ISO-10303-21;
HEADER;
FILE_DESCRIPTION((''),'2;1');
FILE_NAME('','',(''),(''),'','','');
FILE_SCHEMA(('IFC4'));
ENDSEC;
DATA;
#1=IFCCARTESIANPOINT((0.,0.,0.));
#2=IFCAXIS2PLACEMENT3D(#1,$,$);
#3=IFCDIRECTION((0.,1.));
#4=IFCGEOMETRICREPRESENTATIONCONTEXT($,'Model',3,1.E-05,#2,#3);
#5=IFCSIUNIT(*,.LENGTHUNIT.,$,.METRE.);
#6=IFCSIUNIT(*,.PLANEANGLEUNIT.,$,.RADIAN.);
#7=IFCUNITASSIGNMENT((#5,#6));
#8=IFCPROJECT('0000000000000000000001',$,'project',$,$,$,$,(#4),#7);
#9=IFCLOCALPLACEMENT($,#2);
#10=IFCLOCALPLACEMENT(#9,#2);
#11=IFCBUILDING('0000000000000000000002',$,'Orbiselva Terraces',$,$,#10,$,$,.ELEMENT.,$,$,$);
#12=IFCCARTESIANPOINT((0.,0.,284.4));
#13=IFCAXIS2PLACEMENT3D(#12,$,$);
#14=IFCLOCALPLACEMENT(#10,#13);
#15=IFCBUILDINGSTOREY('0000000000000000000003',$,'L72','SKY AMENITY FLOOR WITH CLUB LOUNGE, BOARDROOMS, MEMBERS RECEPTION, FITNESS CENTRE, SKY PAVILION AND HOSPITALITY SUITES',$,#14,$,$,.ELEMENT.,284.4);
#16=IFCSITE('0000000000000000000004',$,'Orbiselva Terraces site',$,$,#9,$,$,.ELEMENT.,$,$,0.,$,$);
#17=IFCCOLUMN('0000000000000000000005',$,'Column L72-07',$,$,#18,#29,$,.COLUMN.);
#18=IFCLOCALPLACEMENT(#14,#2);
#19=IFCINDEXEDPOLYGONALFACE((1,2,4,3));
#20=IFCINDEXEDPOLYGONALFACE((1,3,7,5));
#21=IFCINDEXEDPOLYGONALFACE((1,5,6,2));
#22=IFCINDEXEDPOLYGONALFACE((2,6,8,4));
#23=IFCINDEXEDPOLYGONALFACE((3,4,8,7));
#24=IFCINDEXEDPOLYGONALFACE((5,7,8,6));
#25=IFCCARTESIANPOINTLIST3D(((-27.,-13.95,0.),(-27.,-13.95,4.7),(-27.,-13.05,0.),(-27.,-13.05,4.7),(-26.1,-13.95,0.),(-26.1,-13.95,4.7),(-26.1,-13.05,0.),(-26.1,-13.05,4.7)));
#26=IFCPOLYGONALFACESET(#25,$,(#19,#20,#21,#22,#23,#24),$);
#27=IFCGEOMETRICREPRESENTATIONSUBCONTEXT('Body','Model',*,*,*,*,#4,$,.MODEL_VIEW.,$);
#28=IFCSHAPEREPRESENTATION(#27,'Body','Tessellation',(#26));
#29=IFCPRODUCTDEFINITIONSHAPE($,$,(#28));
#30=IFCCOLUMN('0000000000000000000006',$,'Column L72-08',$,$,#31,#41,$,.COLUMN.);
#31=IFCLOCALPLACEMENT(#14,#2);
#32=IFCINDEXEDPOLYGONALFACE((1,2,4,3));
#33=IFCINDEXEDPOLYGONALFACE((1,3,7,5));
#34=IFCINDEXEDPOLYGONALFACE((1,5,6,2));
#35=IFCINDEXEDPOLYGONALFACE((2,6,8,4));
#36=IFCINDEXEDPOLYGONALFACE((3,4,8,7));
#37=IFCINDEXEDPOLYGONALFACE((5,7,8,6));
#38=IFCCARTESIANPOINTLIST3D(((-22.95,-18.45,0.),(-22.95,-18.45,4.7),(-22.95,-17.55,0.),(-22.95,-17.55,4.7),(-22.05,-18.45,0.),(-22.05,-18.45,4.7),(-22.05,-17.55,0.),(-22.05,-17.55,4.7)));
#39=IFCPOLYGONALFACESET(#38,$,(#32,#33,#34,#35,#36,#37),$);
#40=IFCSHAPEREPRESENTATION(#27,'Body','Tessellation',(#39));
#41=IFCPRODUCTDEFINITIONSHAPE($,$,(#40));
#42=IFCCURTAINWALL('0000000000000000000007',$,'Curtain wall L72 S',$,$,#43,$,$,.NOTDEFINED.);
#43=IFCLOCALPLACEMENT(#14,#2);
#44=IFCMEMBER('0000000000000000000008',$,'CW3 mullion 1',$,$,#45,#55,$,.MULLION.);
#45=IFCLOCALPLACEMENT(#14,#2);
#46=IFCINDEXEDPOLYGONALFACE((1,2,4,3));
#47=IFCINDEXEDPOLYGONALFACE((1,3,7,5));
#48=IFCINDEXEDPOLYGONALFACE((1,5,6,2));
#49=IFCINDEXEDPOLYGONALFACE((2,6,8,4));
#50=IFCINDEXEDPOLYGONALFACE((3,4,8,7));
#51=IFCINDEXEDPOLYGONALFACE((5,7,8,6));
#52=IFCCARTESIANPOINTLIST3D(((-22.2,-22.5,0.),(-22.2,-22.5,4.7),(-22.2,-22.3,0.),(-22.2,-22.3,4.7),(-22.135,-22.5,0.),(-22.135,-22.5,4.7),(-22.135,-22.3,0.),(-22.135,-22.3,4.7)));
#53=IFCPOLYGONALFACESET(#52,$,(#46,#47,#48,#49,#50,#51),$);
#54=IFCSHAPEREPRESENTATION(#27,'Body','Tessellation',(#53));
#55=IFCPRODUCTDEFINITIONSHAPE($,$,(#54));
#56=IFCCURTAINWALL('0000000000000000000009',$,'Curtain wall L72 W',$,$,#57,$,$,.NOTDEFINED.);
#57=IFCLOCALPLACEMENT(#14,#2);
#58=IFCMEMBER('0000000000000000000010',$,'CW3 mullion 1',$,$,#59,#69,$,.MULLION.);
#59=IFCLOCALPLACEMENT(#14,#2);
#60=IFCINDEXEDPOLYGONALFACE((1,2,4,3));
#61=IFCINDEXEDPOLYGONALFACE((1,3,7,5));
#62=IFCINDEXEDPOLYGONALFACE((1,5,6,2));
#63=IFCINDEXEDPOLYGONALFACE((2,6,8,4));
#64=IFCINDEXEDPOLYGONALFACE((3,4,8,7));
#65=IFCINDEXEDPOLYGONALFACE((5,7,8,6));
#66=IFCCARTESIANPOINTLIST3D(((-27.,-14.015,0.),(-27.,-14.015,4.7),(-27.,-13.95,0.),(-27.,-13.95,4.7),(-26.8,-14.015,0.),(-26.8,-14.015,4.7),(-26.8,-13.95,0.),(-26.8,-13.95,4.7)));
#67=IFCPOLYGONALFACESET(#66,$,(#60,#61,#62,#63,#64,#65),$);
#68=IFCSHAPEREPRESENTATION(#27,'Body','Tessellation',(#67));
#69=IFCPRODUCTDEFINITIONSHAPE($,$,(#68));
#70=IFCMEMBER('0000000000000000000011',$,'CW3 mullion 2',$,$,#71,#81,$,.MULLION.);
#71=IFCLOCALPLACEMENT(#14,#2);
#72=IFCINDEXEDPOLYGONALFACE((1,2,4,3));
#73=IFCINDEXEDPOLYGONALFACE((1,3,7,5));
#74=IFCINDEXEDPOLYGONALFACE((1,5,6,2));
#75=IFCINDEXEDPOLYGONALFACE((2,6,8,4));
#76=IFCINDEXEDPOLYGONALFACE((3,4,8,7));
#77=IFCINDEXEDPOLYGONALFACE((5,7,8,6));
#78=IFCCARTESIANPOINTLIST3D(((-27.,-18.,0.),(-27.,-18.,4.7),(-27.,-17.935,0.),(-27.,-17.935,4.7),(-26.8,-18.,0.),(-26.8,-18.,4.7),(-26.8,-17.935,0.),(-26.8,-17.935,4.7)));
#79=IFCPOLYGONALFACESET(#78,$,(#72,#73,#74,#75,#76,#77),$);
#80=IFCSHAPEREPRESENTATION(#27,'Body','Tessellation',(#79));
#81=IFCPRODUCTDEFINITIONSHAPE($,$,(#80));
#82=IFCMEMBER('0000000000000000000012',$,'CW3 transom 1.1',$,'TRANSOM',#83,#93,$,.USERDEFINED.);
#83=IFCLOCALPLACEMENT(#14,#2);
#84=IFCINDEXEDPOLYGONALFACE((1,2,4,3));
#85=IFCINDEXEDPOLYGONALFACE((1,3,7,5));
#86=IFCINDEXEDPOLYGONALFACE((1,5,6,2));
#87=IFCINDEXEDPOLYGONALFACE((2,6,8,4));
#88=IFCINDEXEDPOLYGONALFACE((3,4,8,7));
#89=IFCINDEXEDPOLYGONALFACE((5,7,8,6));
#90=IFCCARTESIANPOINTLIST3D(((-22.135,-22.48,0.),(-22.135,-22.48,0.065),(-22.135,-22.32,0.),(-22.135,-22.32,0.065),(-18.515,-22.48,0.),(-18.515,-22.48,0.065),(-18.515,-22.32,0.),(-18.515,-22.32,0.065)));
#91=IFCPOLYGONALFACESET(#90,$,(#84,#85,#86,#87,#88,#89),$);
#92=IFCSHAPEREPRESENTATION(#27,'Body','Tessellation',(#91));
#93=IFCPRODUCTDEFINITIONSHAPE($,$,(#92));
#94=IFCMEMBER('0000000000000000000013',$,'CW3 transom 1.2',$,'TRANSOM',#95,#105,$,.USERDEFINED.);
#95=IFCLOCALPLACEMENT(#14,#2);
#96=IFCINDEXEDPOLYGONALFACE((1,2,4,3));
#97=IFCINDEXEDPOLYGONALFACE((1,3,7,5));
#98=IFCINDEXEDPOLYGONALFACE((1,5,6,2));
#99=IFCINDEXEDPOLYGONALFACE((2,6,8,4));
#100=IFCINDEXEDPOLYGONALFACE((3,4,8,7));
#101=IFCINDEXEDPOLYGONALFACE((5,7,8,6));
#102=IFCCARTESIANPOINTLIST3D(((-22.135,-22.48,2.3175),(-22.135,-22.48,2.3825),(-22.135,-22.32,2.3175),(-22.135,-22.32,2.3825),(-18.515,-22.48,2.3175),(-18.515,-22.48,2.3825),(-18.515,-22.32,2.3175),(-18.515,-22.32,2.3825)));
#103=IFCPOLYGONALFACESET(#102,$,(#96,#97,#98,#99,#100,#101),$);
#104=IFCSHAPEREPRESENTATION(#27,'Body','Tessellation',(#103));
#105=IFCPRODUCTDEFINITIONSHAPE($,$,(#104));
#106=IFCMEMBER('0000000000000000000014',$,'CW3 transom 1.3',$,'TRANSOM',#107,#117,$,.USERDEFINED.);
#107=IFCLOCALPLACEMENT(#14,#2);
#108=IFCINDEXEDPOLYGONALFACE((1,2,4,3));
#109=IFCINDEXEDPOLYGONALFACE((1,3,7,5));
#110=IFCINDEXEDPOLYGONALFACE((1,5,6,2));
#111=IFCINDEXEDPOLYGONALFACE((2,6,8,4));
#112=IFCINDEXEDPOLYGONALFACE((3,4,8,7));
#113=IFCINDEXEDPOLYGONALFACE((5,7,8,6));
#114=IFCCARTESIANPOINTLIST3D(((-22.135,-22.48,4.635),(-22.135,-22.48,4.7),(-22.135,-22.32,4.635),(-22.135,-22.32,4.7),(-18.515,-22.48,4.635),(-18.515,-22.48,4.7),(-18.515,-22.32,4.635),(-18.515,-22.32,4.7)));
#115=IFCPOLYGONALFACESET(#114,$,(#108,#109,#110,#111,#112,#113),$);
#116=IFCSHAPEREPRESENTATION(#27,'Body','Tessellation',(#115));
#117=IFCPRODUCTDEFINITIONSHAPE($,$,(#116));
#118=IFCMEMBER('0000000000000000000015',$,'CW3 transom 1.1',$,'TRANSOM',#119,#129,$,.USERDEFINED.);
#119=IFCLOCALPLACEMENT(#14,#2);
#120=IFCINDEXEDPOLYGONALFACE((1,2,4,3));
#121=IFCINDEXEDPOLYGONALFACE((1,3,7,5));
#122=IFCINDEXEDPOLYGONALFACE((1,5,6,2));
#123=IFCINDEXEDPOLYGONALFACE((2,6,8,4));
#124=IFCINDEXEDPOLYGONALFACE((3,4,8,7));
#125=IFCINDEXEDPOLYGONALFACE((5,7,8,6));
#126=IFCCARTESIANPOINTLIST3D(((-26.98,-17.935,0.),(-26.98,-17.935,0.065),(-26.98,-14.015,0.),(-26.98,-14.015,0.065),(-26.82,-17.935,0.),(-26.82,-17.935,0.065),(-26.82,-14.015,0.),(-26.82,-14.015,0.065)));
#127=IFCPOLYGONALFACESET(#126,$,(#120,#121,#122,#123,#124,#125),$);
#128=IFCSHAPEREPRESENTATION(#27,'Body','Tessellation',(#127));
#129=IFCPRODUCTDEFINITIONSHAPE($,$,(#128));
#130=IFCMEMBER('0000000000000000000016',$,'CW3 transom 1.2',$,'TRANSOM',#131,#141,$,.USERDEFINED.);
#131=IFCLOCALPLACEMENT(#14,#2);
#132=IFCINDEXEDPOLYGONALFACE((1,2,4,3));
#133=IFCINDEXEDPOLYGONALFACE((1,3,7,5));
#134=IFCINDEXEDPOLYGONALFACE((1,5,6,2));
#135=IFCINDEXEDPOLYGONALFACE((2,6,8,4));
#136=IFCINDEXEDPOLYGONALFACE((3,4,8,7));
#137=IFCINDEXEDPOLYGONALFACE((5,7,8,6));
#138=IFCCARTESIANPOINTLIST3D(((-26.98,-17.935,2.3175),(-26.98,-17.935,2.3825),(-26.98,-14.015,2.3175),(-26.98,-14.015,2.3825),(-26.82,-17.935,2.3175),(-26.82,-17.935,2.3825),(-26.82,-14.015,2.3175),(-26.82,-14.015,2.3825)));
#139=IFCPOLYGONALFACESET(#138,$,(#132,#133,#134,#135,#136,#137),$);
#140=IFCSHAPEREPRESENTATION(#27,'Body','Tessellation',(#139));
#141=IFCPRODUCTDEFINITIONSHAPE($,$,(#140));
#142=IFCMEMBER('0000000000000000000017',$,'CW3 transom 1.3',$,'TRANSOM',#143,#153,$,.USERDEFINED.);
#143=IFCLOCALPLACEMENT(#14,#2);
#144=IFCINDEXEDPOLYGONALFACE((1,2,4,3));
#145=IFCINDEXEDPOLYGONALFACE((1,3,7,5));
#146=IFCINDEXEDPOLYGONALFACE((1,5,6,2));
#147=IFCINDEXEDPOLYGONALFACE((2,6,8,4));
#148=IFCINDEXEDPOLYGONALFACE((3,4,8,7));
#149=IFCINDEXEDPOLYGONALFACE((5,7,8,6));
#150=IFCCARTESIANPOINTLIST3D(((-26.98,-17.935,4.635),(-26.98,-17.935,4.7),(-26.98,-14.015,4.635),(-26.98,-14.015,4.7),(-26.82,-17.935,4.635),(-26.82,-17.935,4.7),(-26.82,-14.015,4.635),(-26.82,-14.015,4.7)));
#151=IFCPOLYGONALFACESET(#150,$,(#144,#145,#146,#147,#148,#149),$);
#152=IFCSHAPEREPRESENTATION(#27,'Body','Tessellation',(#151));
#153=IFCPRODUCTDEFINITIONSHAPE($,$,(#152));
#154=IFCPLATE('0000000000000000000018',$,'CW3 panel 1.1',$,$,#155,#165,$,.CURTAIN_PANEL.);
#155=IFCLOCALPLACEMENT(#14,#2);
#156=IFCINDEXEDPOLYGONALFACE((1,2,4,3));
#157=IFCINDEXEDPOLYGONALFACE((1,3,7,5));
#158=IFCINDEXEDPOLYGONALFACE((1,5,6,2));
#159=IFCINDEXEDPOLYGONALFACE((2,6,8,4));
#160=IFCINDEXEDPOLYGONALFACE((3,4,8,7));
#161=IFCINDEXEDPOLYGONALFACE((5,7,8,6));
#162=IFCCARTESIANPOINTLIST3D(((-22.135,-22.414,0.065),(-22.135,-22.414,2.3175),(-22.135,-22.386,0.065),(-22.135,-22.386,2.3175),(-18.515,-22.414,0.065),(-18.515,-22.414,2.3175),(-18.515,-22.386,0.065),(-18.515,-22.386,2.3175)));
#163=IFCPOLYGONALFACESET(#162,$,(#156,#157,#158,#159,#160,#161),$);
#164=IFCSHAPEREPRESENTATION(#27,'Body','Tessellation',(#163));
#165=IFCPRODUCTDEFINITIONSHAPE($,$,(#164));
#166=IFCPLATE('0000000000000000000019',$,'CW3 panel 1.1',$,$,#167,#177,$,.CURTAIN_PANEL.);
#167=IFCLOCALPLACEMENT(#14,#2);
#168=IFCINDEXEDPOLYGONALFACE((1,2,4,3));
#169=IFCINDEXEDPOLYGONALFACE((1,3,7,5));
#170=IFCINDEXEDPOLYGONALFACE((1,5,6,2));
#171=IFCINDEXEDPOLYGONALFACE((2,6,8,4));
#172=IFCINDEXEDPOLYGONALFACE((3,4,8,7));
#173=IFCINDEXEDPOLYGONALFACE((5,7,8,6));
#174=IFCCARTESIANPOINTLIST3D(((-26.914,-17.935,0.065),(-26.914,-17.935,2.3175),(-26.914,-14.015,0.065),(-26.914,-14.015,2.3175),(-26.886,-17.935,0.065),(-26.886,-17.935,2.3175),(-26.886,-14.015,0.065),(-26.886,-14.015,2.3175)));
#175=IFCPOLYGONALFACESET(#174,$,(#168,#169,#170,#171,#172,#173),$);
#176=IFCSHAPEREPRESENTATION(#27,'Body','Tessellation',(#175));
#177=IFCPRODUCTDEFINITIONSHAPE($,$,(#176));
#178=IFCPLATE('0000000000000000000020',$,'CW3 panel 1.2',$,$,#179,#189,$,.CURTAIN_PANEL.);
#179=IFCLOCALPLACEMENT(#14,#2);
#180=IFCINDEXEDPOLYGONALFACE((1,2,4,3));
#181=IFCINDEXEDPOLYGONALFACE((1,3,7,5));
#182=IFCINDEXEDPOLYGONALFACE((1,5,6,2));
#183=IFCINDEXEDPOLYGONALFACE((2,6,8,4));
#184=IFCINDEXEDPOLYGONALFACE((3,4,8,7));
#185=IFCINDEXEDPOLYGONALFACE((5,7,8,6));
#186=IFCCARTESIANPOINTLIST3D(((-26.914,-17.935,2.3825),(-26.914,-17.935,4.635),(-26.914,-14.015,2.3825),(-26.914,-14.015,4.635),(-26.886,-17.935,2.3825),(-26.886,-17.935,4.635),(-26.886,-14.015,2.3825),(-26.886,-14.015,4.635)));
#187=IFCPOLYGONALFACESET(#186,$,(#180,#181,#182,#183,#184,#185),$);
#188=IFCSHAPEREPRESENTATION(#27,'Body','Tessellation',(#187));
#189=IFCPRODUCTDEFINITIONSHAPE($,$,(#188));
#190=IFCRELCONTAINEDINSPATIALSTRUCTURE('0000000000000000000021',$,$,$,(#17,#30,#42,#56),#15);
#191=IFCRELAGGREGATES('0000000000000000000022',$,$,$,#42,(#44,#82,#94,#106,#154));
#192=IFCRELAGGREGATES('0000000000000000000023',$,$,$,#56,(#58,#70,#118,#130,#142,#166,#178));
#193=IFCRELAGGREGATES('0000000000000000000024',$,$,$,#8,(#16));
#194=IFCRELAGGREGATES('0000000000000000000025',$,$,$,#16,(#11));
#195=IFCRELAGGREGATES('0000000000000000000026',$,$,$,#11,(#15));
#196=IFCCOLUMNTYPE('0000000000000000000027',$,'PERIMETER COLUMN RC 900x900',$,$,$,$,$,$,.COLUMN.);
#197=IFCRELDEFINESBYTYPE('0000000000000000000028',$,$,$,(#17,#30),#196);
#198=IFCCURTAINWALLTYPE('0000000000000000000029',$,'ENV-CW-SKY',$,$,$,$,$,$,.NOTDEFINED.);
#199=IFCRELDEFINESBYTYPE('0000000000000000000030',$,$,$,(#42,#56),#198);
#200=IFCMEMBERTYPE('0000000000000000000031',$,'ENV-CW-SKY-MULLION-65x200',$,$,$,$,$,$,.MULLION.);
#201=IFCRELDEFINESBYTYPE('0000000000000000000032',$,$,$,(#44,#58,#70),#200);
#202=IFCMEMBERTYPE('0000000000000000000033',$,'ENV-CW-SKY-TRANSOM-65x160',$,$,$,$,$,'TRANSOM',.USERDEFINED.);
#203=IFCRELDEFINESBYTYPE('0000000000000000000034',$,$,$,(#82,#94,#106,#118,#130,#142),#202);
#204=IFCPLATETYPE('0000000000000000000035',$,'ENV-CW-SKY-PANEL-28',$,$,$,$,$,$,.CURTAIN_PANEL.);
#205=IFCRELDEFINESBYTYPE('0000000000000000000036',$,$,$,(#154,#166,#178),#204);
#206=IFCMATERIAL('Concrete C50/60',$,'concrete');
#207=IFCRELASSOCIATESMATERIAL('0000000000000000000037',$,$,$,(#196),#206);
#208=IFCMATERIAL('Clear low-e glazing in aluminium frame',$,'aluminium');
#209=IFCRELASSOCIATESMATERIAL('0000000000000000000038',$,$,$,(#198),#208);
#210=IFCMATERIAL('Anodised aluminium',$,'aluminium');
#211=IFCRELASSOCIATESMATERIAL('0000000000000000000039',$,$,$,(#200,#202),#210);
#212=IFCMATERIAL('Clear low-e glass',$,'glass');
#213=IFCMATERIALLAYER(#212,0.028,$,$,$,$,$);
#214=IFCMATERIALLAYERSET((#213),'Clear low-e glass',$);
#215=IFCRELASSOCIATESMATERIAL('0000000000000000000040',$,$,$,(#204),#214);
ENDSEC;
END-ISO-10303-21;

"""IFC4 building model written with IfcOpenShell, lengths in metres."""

from ifc_helpers import new_model, si_unit, direction, frame, origin, origin_2d, place, context, subcontext, project, spatial, rectangle, extrude, material, layer, layer_set, material_profile, profile_set, type_object, element, aggregate, save


model = new_model("IFC4")

# Units and contexts
model_context = context("Model", 3, precision=1e-05, world=origin(), true_north=direction((0.0, 1.0)))
body_context = subcontext(model_context, "Body", "Model", "MODEL_VIEW")
ifc_project = project(units=[si_unit("LENGTHUNIT", "METRE"), si_unit("PLANEANGLEUNIT", "RADIAN")], contexts=[model_context])

# Site, building, storey
site_placement = place(None, origin())
site = spatial("IfcSite", under=ifc_project, at=site_placement, Name="Orbiselva Terraces site", CompositionType="ELEMENT", RefElevation=0.0)
building_placement = place(site_placement, origin())
building = spatial("IfcBuilding", under=site, at=building_placement, Name="Orbiselva Terraces", CompositionType="ELEMENT")
storey_placement = place(building_placement, frame((0.0, 0.0, 284.4)))
storey = spatial("IfcBuildingStorey", under=building, at=storey_placement, Name="L72", Description="SKY AMENITY FLOOR WITH CLUB LOUNGE, BOARDROOMS, MEMBERS RECEPTION, FITNESS CENTRE, SKY PAVILION AND HOSPITALITY SUITES", CompositionType="ELEMENT", Elevation=284.4)

# Columns
ifc_material_1 = material(Name="Concrete C50/60", Category="concrete")
ifc_material_profile_1 = material_profile(ifc_material_1, rectangle(XDim=0.9, YDim=0.9, at=origin_2d()), Name="RC 900x900")
ifc_profile_set_1 = profile_set([ifc_material_profile_1], Name="Concrete C50/60")
column_type = type_object("IfcColumnType", Name="PERIMETER COLUMN RC 900x900", PredefinedType="COLUMN", material=ifc_profile_set_1)
for number, where, z_axis, x_axis, name in (
    (1, (-26.55, -13.5, 0.0), (0.0, 0.0, 1.0), (1.0, 0.0, 0.0), "Column L72-07"),
    (2, (-22.5, -18.0, 0.0), (0.0, 0.0, 1.0), (1.0, 0.0, 0.0), "Column L72-08"),
):
    element("IfcColumn", number, at=place(storey_placement, frame(where, z_axis=z_axis, x_axis=x_axis)), inside=storey, type_object=column_type, Name=name, PredefinedType="COLUMN", context=body_context, shape_type="SweptSolid", body=[
        extrude(rectangle(XDim=0.9, YDim=0.9, at=origin_2d()), origin(), (0.0, 0.0, 1.0), 4.7),
    ])

# Curtain wall, member
ifc_material_2 = material(Name="Clear low-e glazing in aluminium frame", Category="aluminium")
curtain_wall_type = type_object("IfcCurtainWallType", Name="ENV-CW-SKY", PredefinedType="NOTDEFINED", material=ifc_material_2)
curtain_wall_1_placement = place(storey_placement, origin())
curtain_wall_1 = element("IfcCurtainWall", 3, at=curtain_wall_1_placement, inside=storey, type_object=curtain_wall_type, Name="Curtain wall L72 S", PredefinedType="NOTDEFINED")
ifc_material_3 = material(Name="Anodised aluminium", Category="aluminium")
ifc_material_profile_2 = material_profile(ifc_material_3, rectangle(XDim=0.2, YDim=0.065, at=origin_2d()), Name="AL 65x200")
ifc_profile_set_2 = profile_set([ifc_material_profile_2], Name="Anodised aluminium")
member_type_1 = type_object("IfcMemberType", Name="ENV-CW-SKY-MULLION-65x200", PredefinedType="MULLION", material=ifc_profile_set_2)
member_1_placement = place(storey_placement, frame((-22.1675, -22.4, 0.0), z_axis=(0.0, 0.0, 1.0), x_axis=(0.0, 1.0, 0.0)))
member_1 = element("IfcMember", 4, at=member_1_placement, type_object=member_type_1, Name="CW3 mullion 1", PredefinedType="MULLION", context=body_context, shape_type="SweptSolid", body=[
    extrude(rectangle(XDim=0.2, YDim=0.065, at=origin_2d()), origin(), (0.0, 0.0, 1.0), 4.7),
])

# Curtain wall, members
curtain_wall_2_placement = place(storey_placement, origin())
curtain_wall_2 = element("IfcCurtainWall", 5, at=curtain_wall_2_placement, inside=storey, type_object=curtain_wall_type, Name="Curtain wall L72 W", PredefinedType="NOTDEFINED")
member_2_placement = place(storey_placement, frame((-26.9, -13.9825, 0.0), z_axis=(0.0, 0.0, 1.0), x_axis=(1.0, 0.0, 0.0)))
member_2 = element("IfcMember", 6, at=member_2_placement, type_object=member_type_1, Name="CW3 mullion 1", PredefinedType="MULLION", context=body_context, shape_type="SweptSolid", body=[
    extrude(rectangle(XDim=0.2, YDim=0.065, at=origin_2d()), origin(), (0.0, 0.0, 1.0), 4.7),
])
member_3_placement = place(storey_placement, frame((-26.9, -17.9675, 0.0), z_axis=(0.0, 0.0, 1.0), x_axis=(1.0, 0.0, 0.0)))
member_3 = element("IfcMember", 7, at=member_3_placement, type_object=member_type_1, Name="CW3 mullion 2", PredefinedType="MULLION", context=body_context, shape_type="SweptSolid", body=[
    extrude(rectangle(XDim=0.2, YDim=0.065, at=origin_2d()), origin(), (0.0, 0.0, 1.0), 4.7),
])

# Members
ifc_material_profile_3 = material_profile(ifc_material_3, rectangle(XDim=0.16, YDim=0.065, at=origin_2d()), Name="AL 65x160")
ifc_profile_set_3 = profile_set([ifc_material_profile_3], Name="Anodised aluminium")
member_type_2 = type_object("IfcMemberType", Name="ENV-CW-SKY-TRANSOM-65x160", ElementType="TRANSOM", PredefinedType="USERDEFINED", material=ifc_profile_set_3)
member_4_placement = place(storey_placement, frame((-22.135, -22.4, 0.0325), z_axis=(1.0, 0.0, 0.0), x_axis=(0.0, 1.0, 0.0)))
member_4 = element("IfcMember", 8, at=member_4_placement, type_object=member_type_2, Name="CW3 transom 1.1", ObjectType="TRANSOM", PredefinedType="USERDEFINED", context=body_context, shape_type="SweptSolid", body=[
    extrude(rectangle(XDim=0.16, YDim=0.065, at=origin_2d()), origin(), (0.0, 0.0, 1.0), 3.62),
])
member_5_placement = place(storey_placement, frame((-22.135, -22.4, 2.35), z_axis=(1.0, 0.0, 0.0), x_axis=(0.0, 1.0, 0.0)))
member_5 = element("IfcMember", 9, at=member_5_placement, type_object=member_type_2, Name="CW3 transom 1.2", ObjectType="TRANSOM", PredefinedType="USERDEFINED", context=body_context, shape_type="SweptSolid", body=[
    extrude(rectangle(XDim=0.16, YDim=0.065, at=origin_2d()), origin(), (0.0, 0.0, 1.0), 3.62),
])
member_6_placement = place(storey_placement, frame((-22.135, -22.4, 4.6675), z_axis=(1.0, 0.0, 0.0), x_axis=(0.0, 1.0, 0.0)))
member_6 = element("IfcMember", 10, at=member_6_placement, type_object=member_type_2, Name="CW3 transom 1.3", ObjectType="TRANSOM", PredefinedType="USERDEFINED", context=body_context, shape_type="SweptSolid", body=[
    extrude(rectangle(XDim=0.16, YDim=0.065, at=origin_2d()), origin(), (0.0, 0.0, 1.0), 3.62),
])
member_7_placement = place(storey_placement, frame((-26.9, -14.015, 0.0325), z_axis=(0.0, -1.0, 0.0), x_axis=(1.0, 0.0, 0.0)))
member_7 = element("IfcMember", 11, at=member_7_placement, type_object=member_type_2, Name="CW3 transom 1.1", ObjectType="TRANSOM", PredefinedType="USERDEFINED", context=body_context, shape_type="SweptSolid", body=[
    extrude(rectangle(XDim=0.16, YDim=0.065, at=origin_2d()), origin(), (0.0, 0.0, 1.0), 3.92),
])
member_8_placement = place(storey_placement, frame((-26.9, -14.015, 2.35), z_axis=(0.0, -1.0, 0.0), x_axis=(1.0, 0.0, 0.0)))
member_8 = element("IfcMember", 12, at=member_8_placement, type_object=member_type_2, Name="CW3 transom 1.2", ObjectType="TRANSOM", PredefinedType="USERDEFINED", context=body_context, shape_type="SweptSolid", body=[
    extrude(rectangle(XDim=0.16, YDim=0.065, at=origin_2d()), origin(), (0.0, 0.0, 1.0), 3.92),
])
member_9_placement = place(storey_placement, frame((-26.9, -14.015, 4.6675), z_axis=(0.0, -1.0, 0.0), x_axis=(1.0, 0.0, 0.0)))
member_9 = element("IfcMember", 13, at=member_9_placement, type_object=member_type_2, Name="CW3 transom 1.3", ObjectType="TRANSOM", PredefinedType="USERDEFINED", context=body_context, shape_type="SweptSolid", body=[
    extrude(rectangle(XDim=0.16, YDim=0.065, at=origin_2d()), origin(), (0.0, 0.0, 1.0), 3.92),
])

# Plates
ifc_material_4 = material(Name="Clear low-e glass", Category="glass")
ifc_layer_1 = layer(ifc_material_4, 0.028)
ifc_layer_set_1 = layer_set([ifc_layer_1], Name="Clear low-e glass")
plate_type = type_object("IfcPlateType", Name="ENV-CW-SKY-PANEL-28", PredefinedType="CURTAIN_PANEL", material=ifc_layer_set_1)
plate_1_placement = place(storey_placement, frame((-20.325, -22.4, 0.065), z_axis=(0.0, 0.0, 1.0), x_axis=(1.0, 0.0, 0.0)))
plate_1 = element("IfcPlate", 14, at=plate_1_placement, type_object=plate_type, Name="CW3 panel 1.1", PredefinedType="CURTAIN_PANEL", context=body_context, shape_type="SweptSolid", body=[
    extrude(rectangle(XDim=3.62, YDim=0.028, at=origin_2d()), origin(), (0.0, 0.0, 1.0), 2.2525),
])
aggregate(curtain_wall_1, [member_1, member_4, member_5, member_6, plate_1])
plate_2_placement = place(storey_placement, frame((-26.9, -15.975, 0.065), z_axis=(0.0, 0.0, 1.0), x_axis=(0.0, -1.0, 0.0)))
plate_2 = element("IfcPlate", 15, at=plate_2_placement, type_object=plate_type, Name="CW3 panel 1.1", PredefinedType="CURTAIN_PANEL", context=body_context, shape_type="SweptSolid", body=[
    extrude(rectangle(XDim=3.92, YDim=0.028, at=origin_2d()), origin(), (0.0, 0.0, 1.0), 2.2525),
])
plate_3_placement = place(storey_placement, frame((-26.9, -15.975, 2.3825), z_axis=(0.0, 0.0, 1.0), x_axis=(0.0, -1.0, 0.0)))
plate_3 = element("IfcPlate", 16, at=plate_3_placement, type_object=plate_type, Name="CW3 panel 1.2", PredefinedType="CURTAIN_PANEL", context=body_context, shape_type="SweptSolid", body=[
    extrude(rectangle(XDim=3.92, YDim=0.028, at=origin_2d()), origin(), (0.0, 0.0, 1.0), 2.2525),
])
aggregate(curtain_wall_2, [member_2, member_3, member_7, member_8, member_9, plate_2, plate_3])

save(model, "model.ifc")
